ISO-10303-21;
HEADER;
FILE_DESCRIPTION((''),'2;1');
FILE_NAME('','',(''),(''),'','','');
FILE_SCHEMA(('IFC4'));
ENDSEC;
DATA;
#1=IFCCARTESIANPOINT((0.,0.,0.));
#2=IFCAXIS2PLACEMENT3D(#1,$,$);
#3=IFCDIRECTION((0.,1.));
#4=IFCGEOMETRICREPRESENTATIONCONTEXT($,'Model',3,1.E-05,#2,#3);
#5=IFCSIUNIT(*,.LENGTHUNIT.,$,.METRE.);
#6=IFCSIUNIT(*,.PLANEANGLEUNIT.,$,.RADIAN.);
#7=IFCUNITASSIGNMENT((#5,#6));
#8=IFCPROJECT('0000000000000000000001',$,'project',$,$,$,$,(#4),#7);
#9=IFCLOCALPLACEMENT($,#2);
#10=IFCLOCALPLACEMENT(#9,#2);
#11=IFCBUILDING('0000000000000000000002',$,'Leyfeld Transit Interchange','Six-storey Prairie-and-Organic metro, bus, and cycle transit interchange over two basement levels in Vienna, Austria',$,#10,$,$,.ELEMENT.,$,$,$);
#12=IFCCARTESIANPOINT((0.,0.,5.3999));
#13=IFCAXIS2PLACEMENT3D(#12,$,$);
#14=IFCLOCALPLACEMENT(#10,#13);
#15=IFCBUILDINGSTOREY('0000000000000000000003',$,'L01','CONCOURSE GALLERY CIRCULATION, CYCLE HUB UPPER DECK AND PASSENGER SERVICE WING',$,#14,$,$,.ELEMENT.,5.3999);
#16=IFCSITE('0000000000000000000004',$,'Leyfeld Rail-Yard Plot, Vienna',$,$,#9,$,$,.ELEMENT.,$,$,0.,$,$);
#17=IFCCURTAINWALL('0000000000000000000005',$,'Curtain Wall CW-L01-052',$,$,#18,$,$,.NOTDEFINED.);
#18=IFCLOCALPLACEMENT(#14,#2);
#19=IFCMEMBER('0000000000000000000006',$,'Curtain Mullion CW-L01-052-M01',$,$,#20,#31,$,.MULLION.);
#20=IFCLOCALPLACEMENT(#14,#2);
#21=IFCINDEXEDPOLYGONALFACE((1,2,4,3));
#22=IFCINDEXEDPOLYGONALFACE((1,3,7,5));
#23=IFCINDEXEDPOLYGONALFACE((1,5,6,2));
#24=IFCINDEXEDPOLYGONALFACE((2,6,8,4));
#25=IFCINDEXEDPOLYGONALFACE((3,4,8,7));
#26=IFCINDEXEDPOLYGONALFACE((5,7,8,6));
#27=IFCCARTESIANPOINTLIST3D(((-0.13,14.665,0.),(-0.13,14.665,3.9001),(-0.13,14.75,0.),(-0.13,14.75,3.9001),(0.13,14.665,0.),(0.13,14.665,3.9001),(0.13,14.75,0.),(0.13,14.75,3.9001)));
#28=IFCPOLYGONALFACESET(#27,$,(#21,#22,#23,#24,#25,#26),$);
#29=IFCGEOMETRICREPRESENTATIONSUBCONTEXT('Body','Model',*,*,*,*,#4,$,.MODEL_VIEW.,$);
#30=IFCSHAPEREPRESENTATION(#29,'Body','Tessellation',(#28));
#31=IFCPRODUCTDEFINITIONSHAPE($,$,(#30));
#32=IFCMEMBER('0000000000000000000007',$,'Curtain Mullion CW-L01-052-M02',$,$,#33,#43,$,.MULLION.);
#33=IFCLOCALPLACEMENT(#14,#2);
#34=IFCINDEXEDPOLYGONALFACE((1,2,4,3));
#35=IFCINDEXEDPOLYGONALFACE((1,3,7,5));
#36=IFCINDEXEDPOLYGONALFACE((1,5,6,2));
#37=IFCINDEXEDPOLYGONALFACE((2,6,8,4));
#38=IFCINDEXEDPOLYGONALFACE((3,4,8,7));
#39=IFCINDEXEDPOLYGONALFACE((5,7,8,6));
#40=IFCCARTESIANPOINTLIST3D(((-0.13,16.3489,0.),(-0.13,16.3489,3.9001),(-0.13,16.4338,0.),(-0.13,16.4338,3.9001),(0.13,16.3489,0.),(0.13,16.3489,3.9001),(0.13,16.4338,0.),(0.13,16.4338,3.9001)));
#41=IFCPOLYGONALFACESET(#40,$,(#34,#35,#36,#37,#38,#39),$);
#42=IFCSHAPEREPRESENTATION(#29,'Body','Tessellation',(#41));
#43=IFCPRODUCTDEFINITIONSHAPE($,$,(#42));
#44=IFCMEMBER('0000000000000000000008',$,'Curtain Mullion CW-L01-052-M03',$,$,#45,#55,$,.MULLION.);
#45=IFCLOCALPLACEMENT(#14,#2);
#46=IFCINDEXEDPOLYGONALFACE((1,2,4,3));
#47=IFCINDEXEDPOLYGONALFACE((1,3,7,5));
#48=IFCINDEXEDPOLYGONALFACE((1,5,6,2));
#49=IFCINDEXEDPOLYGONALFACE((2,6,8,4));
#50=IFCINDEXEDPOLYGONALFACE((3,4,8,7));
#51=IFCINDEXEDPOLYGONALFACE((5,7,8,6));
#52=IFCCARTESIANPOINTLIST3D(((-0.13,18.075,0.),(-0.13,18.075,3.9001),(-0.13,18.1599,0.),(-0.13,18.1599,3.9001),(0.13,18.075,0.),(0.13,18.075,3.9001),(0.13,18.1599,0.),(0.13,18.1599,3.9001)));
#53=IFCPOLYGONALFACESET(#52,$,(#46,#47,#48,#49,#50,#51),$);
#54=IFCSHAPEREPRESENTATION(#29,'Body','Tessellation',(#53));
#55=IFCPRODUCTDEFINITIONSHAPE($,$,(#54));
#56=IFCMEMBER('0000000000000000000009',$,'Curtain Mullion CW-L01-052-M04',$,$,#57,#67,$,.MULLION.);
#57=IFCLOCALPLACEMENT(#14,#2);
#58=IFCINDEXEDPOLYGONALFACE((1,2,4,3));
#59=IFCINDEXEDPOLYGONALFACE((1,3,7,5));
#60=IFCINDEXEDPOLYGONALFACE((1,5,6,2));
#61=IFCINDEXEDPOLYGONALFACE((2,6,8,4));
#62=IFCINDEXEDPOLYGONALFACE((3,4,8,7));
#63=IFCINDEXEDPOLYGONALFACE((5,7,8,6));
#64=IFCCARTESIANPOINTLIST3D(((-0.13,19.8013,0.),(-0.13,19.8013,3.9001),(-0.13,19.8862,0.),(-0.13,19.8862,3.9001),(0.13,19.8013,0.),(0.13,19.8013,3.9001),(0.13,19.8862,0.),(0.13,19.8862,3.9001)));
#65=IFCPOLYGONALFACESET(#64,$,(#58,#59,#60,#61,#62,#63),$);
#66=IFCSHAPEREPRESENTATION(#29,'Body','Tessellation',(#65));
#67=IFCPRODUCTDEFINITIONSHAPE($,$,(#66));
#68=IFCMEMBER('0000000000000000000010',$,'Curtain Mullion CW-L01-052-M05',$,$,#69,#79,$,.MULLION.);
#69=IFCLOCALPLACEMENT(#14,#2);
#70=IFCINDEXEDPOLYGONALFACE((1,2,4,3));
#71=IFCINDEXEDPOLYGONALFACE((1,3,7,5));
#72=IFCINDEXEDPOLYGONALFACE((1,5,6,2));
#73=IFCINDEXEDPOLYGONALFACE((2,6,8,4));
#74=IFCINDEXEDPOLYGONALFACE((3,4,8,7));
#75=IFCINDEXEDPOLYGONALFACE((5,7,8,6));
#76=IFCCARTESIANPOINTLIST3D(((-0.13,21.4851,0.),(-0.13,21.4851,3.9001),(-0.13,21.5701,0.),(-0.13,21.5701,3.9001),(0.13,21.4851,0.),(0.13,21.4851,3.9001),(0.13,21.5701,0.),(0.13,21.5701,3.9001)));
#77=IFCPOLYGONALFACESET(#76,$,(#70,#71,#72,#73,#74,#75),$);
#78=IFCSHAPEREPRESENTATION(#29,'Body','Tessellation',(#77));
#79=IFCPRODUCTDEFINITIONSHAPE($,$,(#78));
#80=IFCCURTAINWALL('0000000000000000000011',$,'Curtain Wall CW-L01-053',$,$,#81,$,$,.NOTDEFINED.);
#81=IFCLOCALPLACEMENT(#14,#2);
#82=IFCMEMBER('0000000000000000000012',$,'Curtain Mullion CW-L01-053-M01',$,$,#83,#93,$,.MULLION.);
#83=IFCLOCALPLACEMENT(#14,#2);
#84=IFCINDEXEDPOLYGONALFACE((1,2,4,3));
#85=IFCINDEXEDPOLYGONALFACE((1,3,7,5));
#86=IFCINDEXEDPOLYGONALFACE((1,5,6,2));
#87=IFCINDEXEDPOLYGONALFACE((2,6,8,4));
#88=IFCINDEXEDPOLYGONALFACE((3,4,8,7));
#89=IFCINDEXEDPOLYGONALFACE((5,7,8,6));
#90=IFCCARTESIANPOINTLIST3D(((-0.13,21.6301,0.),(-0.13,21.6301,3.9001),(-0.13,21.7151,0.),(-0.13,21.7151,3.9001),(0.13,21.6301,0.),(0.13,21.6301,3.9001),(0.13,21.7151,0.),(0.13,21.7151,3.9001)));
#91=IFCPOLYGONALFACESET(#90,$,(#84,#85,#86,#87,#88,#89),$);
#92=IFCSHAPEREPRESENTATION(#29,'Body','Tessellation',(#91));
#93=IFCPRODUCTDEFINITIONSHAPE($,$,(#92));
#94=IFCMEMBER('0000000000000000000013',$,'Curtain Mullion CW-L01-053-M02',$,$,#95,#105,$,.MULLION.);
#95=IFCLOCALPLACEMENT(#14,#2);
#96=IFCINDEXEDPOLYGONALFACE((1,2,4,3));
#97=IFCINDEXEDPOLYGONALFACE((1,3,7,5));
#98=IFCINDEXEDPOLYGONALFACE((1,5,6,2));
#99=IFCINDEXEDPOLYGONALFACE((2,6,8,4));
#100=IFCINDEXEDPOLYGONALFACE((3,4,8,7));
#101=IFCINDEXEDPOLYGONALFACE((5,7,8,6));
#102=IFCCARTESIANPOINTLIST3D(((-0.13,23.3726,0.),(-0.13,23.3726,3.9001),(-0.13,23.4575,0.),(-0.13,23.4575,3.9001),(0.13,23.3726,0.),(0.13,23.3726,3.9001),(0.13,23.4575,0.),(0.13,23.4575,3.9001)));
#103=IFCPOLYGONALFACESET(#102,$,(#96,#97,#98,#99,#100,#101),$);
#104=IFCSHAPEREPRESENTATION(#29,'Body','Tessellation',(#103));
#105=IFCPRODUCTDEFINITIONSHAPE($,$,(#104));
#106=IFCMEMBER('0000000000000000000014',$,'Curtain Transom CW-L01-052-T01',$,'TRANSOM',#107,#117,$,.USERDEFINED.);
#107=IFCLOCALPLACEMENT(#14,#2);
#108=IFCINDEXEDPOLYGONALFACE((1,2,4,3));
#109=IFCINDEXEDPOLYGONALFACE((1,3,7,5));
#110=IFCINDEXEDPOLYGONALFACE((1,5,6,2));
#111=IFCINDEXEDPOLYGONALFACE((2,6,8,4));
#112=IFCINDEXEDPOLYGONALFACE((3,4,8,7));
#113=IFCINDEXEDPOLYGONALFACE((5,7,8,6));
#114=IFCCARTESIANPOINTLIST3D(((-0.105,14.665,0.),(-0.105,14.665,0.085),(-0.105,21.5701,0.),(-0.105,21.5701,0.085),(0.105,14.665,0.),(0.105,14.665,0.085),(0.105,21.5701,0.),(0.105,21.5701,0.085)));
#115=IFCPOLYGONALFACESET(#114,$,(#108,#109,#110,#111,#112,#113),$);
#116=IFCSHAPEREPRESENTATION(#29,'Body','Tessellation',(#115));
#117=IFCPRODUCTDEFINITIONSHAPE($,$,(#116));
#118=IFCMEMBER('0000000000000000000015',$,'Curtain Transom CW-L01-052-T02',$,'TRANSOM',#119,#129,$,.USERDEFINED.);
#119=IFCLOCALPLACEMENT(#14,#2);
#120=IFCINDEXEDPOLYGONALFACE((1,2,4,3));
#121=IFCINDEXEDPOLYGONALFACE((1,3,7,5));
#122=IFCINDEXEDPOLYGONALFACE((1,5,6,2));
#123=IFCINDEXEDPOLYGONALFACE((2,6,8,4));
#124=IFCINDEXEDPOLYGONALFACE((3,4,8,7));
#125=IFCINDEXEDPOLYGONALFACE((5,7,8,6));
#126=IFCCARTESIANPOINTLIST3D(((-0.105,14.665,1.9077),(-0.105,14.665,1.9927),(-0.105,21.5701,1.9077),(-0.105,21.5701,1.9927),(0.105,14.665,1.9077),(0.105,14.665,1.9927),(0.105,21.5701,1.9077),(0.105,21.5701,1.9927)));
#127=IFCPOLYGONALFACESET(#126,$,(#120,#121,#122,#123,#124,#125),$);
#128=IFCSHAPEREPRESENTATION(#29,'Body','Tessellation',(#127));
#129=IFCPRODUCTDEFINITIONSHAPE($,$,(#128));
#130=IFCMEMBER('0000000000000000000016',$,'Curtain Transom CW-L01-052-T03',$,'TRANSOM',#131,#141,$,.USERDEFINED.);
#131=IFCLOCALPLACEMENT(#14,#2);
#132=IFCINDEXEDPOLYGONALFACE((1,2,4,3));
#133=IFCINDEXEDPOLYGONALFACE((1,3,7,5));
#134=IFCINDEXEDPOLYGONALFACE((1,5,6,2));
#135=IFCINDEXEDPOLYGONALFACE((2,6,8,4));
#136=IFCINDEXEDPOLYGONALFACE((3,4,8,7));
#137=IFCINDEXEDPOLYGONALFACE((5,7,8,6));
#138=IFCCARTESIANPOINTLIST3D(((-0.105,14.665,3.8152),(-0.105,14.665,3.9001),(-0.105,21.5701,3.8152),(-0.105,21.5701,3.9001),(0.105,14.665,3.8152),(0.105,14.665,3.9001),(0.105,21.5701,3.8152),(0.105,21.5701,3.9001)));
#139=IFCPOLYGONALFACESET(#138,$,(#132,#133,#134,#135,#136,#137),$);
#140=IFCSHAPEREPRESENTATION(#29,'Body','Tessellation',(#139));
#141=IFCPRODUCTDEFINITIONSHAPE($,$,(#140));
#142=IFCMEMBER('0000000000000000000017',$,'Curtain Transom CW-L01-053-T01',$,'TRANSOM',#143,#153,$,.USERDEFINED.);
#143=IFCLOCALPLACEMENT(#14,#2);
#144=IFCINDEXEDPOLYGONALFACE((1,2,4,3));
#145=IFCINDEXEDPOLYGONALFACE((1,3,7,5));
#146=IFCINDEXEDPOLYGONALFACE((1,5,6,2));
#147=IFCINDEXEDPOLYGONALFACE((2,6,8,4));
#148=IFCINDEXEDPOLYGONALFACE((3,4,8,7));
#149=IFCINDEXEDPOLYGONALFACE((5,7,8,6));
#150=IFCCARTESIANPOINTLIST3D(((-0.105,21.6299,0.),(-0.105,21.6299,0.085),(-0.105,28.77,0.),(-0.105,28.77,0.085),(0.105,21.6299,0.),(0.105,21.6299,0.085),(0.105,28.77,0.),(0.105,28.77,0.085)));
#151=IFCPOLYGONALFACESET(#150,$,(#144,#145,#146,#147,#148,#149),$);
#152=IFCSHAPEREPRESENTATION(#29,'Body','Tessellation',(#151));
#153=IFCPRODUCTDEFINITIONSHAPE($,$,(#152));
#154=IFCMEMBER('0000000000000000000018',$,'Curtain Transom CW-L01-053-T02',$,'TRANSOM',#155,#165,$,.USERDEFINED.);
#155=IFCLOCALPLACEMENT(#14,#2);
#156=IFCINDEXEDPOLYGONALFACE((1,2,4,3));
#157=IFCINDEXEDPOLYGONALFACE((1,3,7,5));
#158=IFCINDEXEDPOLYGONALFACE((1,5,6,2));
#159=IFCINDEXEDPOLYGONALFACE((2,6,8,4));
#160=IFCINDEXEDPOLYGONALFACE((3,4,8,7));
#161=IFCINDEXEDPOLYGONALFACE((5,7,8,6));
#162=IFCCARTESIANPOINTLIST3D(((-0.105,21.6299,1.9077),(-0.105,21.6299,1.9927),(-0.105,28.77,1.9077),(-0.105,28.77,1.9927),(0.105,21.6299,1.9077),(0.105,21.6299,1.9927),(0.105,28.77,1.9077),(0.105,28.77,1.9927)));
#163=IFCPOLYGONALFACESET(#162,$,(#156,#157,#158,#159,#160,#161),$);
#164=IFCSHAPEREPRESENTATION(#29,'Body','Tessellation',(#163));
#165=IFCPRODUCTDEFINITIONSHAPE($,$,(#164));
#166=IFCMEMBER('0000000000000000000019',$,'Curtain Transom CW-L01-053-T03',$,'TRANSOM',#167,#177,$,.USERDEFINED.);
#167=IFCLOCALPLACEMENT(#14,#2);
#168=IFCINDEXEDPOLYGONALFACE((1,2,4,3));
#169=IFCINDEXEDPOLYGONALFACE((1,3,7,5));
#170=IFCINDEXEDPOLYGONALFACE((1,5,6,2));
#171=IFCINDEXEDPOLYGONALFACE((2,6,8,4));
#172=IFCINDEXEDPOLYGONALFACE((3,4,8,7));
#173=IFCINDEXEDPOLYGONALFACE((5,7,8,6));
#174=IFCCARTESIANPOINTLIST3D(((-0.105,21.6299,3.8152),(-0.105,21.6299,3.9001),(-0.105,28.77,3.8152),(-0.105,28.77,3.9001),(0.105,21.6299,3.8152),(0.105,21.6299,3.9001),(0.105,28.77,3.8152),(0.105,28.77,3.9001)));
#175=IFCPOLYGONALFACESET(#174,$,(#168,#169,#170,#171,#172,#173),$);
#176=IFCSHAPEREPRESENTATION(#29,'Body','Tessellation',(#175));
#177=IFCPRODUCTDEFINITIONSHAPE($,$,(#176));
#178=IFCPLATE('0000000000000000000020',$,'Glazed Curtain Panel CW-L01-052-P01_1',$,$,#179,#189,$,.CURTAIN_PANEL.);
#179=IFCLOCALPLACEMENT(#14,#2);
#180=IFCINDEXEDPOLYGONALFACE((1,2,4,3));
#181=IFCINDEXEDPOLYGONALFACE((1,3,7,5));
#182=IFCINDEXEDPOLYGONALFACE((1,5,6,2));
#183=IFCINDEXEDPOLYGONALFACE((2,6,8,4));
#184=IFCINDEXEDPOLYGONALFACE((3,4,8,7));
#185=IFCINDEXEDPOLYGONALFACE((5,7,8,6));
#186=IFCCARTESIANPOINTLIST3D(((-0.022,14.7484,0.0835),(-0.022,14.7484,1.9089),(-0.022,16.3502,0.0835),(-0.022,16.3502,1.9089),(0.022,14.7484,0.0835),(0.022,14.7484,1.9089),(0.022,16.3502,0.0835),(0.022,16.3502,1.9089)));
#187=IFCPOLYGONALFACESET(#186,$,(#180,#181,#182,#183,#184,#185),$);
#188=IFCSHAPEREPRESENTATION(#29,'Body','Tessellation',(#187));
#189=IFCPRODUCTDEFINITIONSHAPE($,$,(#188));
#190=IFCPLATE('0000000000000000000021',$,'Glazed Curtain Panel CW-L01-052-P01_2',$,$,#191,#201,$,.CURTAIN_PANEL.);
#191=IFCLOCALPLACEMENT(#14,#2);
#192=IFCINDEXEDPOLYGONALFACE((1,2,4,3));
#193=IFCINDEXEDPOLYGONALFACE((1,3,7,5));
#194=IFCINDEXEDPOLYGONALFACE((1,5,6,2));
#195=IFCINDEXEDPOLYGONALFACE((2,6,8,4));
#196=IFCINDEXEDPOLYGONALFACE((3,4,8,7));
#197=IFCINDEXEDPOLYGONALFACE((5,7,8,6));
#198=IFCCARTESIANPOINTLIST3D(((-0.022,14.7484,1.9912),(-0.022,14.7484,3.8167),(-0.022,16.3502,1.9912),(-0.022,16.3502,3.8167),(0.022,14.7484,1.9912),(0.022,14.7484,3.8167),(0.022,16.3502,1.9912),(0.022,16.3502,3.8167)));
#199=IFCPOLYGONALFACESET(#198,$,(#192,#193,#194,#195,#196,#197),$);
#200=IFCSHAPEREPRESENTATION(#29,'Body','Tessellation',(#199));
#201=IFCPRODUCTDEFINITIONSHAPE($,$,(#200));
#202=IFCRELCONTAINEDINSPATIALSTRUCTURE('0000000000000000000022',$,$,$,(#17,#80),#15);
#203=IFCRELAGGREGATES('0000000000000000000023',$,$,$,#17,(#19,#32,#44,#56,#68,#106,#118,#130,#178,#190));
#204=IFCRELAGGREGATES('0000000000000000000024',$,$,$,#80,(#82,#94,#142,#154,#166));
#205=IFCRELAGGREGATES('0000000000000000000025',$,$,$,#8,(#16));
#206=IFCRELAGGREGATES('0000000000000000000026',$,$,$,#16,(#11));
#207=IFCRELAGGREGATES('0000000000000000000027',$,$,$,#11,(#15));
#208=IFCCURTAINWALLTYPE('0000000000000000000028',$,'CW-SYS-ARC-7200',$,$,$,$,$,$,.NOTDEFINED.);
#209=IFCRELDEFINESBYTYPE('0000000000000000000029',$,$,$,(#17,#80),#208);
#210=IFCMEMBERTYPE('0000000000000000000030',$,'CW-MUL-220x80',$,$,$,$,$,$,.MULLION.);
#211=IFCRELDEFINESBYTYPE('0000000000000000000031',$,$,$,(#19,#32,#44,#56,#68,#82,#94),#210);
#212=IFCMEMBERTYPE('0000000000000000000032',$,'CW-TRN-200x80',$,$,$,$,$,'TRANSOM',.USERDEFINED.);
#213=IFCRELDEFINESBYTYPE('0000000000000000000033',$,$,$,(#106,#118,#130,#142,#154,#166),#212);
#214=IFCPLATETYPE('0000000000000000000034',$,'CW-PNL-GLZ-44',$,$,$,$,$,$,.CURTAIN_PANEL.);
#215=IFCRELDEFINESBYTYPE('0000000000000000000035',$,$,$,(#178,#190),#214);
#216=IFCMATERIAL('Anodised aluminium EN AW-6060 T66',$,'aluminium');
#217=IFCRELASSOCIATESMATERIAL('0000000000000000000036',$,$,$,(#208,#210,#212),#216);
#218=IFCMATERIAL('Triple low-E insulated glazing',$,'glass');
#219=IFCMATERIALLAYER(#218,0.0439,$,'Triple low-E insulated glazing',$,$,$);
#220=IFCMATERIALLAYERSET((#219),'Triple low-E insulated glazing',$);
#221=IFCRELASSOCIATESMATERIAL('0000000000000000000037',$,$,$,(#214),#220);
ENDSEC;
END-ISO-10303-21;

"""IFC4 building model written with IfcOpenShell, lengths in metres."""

from ifc_helpers import new_model, si_unit, direction, frame, origin, origin_2d, place, context, subcontext, project, spatial, rectangle, extrude, material, layer, layer_set, material_profile, profile_set, type_object, element, aggregate, save


model = new_model("IFC4")

# Units and contexts
model_context = context("Model", 3, precision=1e-05, world=origin(), true_north=direction((0.0, 1.0)))
body_context = subcontext(model_context, "Body", "Model", "MODEL_VIEW")
ifc_project = project(units=[si_unit("LENGTHUNIT", "METRE"), si_unit("PLANEANGLEUNIT", "RADIAN")], contexts=[model_context])

# Site, building, storey
site_placement = place(None, origin())
site = spatial("IfcSite", under=ifc_project, at=site_placement, Name="Leyfeld Rail-Yard Plot, Vienna", CompositionType="ELEMENT", RefElevation=0.0)
building_placement = place(site_placement, origin())
building = spatial("IfcBuilding", under=site, at=building_placement, Name="Leyfeld Transit Interchange", Description="Six-storey Prairie-and-Organic metro, bus, and cycle transit interchange over two basement levels in Vienna, Austria", CompositionType="ELEMENT")
storey_placement = place(building_placement, frame((0.0, 0.0, 5.3999)))
storey = spatial("IfcBuildingStorey", under=building, at=storey_placement, Name="L01", Description="CONCOURSE GALLERY CIRCULATION, CYCLE HUB UPPER DECK AND PASSENGER SERVICE WING", CompositionType="ELEMENT", Elevation=5.3999)

# Curtain walls, members
ifc_material_1 = material(Name="Anodised aluminium EN AW-6060 T66", Category="aluminium")
curtain_wall_type = type_object("IfcCurtainWallType", Name="CW-SYS-ARC-7200", PredefinedType="NOTDEFINED", material=ifc_material_1)
curtain_wall_1_placement = place(storey_placement, origin())
curtain_wall_1 = element("IfcCurtainWall", 1, at=curtain_wall_1_placement, inside=storey, type_object=curtain_wall_type, Name="Curtain Wall CW-L01-052", PredefinedType="NOTDEFINED")
ifc_material_profile_1 = material_profile(ifc_material_1, rectangle(XDim=0.085, YDim=0.26, at=origin_2d()), Name="CW-M 85x260")
ifc_profile_set_1 = profile_set([ifc_material_profile_1], Name="Anodised aluminium EN AW-6060 T66")
member_type_1 = type_object("IfcMemberType", Name="CW-MUL-220x80", PredefinedType="MULLION", material=ifc_profile_set_1)
member_1_placement = place(storey_placement, frame((0.0, 14.7075, 0.0), z_axis=(0.0, 0.0, 1.0), x_axis=(0.0, 1.0, 0.0)))
member_1 = element("IfcMember", 2, at=member_1_placement, type_object=member_type_1, Name="Curtain Mullion CW-L01-052-M01", PredefinedType="MULLION", context=body_context, shape_type="SweptSolid", body=[
    extrude(rectangle(XDim=0.085, YDim=0.26, at=origin_2d()), origin(), (0.0, 0.0, 1.0), 3.9001),
])
member_2_placement = place(storey_placement, frame((0.0, 16.3914, 0.0), z_axis=(0.0, 0.0, 1.0), x_axis=(0.0, 1.0, 0.0)))
member_2 = element("IfcMember", 3, at=member_2_placement, type_object=member_type_1, Name="Curtain Mullion CW-L01-052-M02", PredefinedType="MULLION", context=body_context, shape_type="SweptSolid", body=[
    extrude(rectangle(XDim=0.085, YDim=0.26, at=origin_2d()), origin(), (0.0, 0.0, 1.0), 3.9001),
])
member_3_placement = place(storey_placement, frame((0.0, 18.1174, 0.0), z_axis=(0.0, 0.0, 1.0), x_axis=(0.0, 1.0, 0.0)))
member_3 = element("IfcMember", 4, at=member_3_placement, type_object=member_type_1, Name="Curtain Mullion CW-L01-052-M03", PredefinedType="MULLION", context=body_context, shape_type="SweptSolid", body=[
    extrude(rectangle(XDim=0.085, YDim=0.26, at=origin_2d()), origin(), (0.0, 0.0, 1.0), 3.9001),
])
member_4_placement = place(storey_placement, frame((0.0, 19.8438, 0.0), z_axis=(0.0, 0.0, 1.0), x_axis=(0.0, 1.0, 0.0)))
member_4 = element("IfcMember", 5, at=member_4_placement, type_object=member_type_1, Name="Curtain Mullion CW-L01-052-M04", PredefinedType="MULLION", context=body_context, shape_type="SweptSolid", body=[
    extrude(rectangle(XDim=0.085, YDim=0.26, at=origin_2d()), origin(), (0.0, 0.0, 1.0), 3.9001),
])
member_5_placement = place(storey_placement, frame((0.0, 21.5276, 0.0), z_axis=(0.0, 0.0, 1.0), x_axis=(0.0, 1.0, 0.0)))
member_5 = element("IfcMember", 6, at=member_5_placement, type_object=member_type_1, Name="Curtain Mullion CW-L01-052-M05", PredefinedType="MULLION", context=body_context, shape_type="SweptSolid", body=[
    extrude(rectangle(XDim=0.085, YDim=0.26, at=origin_2d()), origin(), (0.0, 0.0, 1.0), 3.9001),
])
curtain_wall_2_placement = place(storey_placement, origin())
curtain_wall_2 = element("IfcCurtainWall", 7, at=curtain_wall_2_placement, inside=storey, type_object=curtain_wall_type, Name="Curtain Wall CW-L01-053", PredefinedType="NOTDEFINED")
member_6_placement = place(storey_placement, frame((0.0, 21.6726, 0.0), z_axis=(0.0, 0.0, 1.0), x_axis=(0.0, 1.0, 0.0)))
member_6 = element("IfcMember", 8, at=member_6_placement, type_object=member_type_1, Name="Curtain Mullion CW-L01-053-M01", PredefinedType="MULLION", context=body_context, shape_type="SweptSolid", body=[
    extrude(rectangle(XDim=0.085, YDim=0.26, at=origin_2d()), origin(), (0.0, 0.0, 1.0), 3.9001),
])
member_7_placement = place(storey_placement, frame((0.0, 23.415, 0.0), z_axis=(0.0, 0.0, 1.0), x_axis=(0.0, 1.0, 0.0)))
member_7 = element("IfcMember", 9, at=member_7_placement, type_object=member_type_1, Name="Curtain Mullion CW-L01-053-M02", PredefinedType="MULLION", context=body_context, shape_type="SweptSolid", body=[
    extrude(rectangle(XDim=0.085, YDim=0.26, at=origin_2d()), origin(), (0.0, 0.0, 1.0), 3.9001),
])

# Members
ifc_material_profile_2 = material_profile(ifc_material_1, rectangle(XDim=0.21, YDim=0.085, at=origin_2d()), Name="CW-TRN-200x80")
ifc_profile_set_2 = profile_set([ifc_material_profile_2], Name="Anodised aluminium EN AW-6060 T66")
member_type_2 = type_object("IfcMemberType", Name="CW-TRN-200x80", ElementType="TRANSOM", PredefinedType="USERDEFINED", material=ifc_profile_set_2)
member_8_placement = place(storey_placement, frame((0.0, 14.665, 0.0425), z_axis=(0.0, 1.0, 0.0), x_axis=(-1.0, 0.0, 0.0)))
member_8 = element("IfcMember", 10, at=member_8_placement, type_object=member_type_2, Name="Curtain Transom CW-L01-052-T01", ObjectType="TRANSOM", PredefinedType="USERDEFINED", context=body_context, shape_type="SweptSolid", body=[
    extrude(rectangle(XDim=0.21, YDim=0.085, at=origin_2d()), origin(), (0.0, 0.0, 1.0), 6.905),
])
member_9_placement = place(storey_placement, frame((0.0, 14.665, 1.9502), z_axis=(0.0, 1.0, 0.0), x_axis=(-1.0, 0.0, 0.0)))
member_9 = element("IfcMember", 11, at=member_9_placement, type_object=member_type_2, Name="Curtain Transom CW-L01-052-T02", ObjectType="TRANSOM", PredefinedType="USERDEFINED", context=body_context, shape_type="SweptSolid", body=[
    extrude(rectangle(XDim=0.21, YDim=0.085, at=origin_2d()), origin(), (0.0, 0.0, 1.0), 6.905),
])
member_10_placement = place(storey_placement, frame((0.0, 14.665, 3.8577), z_axis=(0.0, 1.0, 0.0), x_axis=(-1.0, 0.0, 0.0)))
member_10 = element("IfcMember", 12, at=member_10_placement, type_object=member_type_2, Name="Curtain Transom CW-L01-052-T03", ObjectType="TRANSOM", PredefinedType="USERDEFINED", context=body_context, shape_type="SweptSolid", body=[
    extrude(rectangle(XDim=0.21, YDim=0.085, at=origin_2d()), origin(), (0.0, 0.0, 1.0), 6.905),
])
member_11_placement = place(storey_placement, frame((0.0, 21.6299, 0.0425), z_axis=(0.0, 1.0, 0.0), x_axis=(-1.0, 0.0, 0.0)))
member_11 = element("IfcMember", 13, at=member_11_placement, type_object=member_type_2, Name="Curtain Transom CW-L01-053-T01", ObjectType="TRANSOM", PredefinedType="USERDEFINED", context=body_context, shape_type="SweptSolid", body=[
    extrude(rectangle(XDim=0.21, YDim=0.085, at=origin_2d()), origin(), (0.0, 0.0, 1.0), 7.1401),
])
member_12_placement = place(storey_placement, frame((0.0, 21.6299, 1.9502), z_axis=(0.0, 1.0, 0.0), x_axis=(-1.0, 0.0, 0.0)))
member_12 = element("IfcMember", 14, at=member_12_placement, type_object=member_type_2, Name="Curtain Transom CW-L01-053-T02", ObjectType="TRANSOM", PredefinedType="USERDEFINED", context=body_context, shape_type="SweptSolid", body=[
    extrude(rectangle(XDim=0.21, YDim=0.085, at=origin_2d()), origin(), (0.0, 0.0, 1.0), 7.1401),
])
member_13_placement = place(storey_placement, frame((0.0, 21.6299, 3.8577), z_axis=(0.0, 1.0, 0.0), x_axis=(-1.0, 0.0, 0.0)))
member_13 = element("IfcMember", 15, at=member_13_placement, type_object=member_type_2, Name="Curtain Transom CW-L01-053-T03", ObjectType="TRANSOM", PredefinedType="USERDEFINED", context=body_context, shape_type="SweptSolid", body=[
    extrude(rectangle(XDim=0.21, YDim=0.085, at=origin_2d()), origin(), (0.0, 0.0, 1.0), 7.1401),
])

# Plates
ifc_material_2 = material(Name="Triple low-E insulated glazing", Category="glass")
ifc_layer = layer(ifc_material_2, 0.0439, Name="Triple low-E insulated glazing")
ifc_layer_set = layer_set([ifc_layer], Name="Triple low-E insulated glazing")
plate_type = type_object("IfcPlateType", Name="CW-PNL-GLZ-44", PredefinedType="CURTAIN_PANEL", material=ifc_layer_set)
plate_1_placement = place(storey_placement, frame((0.0, 15.5493, 0.0835), z_axis=(0.0, 0.0, 1.0), x_axis=(0.0, 1.0, 0.0)))
plate_1 = element("IfcPlate", 16, at=plate_1_placement, type_object=plate_type, Name="Glazed Curtain Panel CW-L01-052-P01_1", PredefinedType="CURTAIN_PANEL", context=body_context, shape_type="SweptSolid", body=[
    extrude(rectangle(XDim=1.6018, YDim=0.0439, at=origin_2d()), origin(), (0.0, 0.0, 1.0), 1.8254),
])
plate_2_placement = place(storey_placement, frame((0.0, 15.5493, 1.9912), z_axis=(0.0, 0.0, 1.0), x_axis=(0.0, 1.0, 0.0)))
plate_2 = element("IfcPlate", 17, at=plate_2_placement, type_object=plate_type, Name="Glazed Curtain Panel CW-L01-052-P01_2", PredefinedType="CURTAIN_PANEL", context=body_context, shape_type="SweptSolid", body=[
    extrude(rectangle(XDim=1.6018, YDim=0.0439, at=origin_2d()), origin(), (0.0, 0.0, 1.0), 1.8254),
])
aggregate(curtain_wall_1, [member_1, member_2, member_3, member_4, member_5, member_8, member_9, member_10, plate_1, plate_2])
aggregate(curtain_wall_2, [member_6, member_7, member_11, member_12, member_13])

save(model, "model.ifc")
